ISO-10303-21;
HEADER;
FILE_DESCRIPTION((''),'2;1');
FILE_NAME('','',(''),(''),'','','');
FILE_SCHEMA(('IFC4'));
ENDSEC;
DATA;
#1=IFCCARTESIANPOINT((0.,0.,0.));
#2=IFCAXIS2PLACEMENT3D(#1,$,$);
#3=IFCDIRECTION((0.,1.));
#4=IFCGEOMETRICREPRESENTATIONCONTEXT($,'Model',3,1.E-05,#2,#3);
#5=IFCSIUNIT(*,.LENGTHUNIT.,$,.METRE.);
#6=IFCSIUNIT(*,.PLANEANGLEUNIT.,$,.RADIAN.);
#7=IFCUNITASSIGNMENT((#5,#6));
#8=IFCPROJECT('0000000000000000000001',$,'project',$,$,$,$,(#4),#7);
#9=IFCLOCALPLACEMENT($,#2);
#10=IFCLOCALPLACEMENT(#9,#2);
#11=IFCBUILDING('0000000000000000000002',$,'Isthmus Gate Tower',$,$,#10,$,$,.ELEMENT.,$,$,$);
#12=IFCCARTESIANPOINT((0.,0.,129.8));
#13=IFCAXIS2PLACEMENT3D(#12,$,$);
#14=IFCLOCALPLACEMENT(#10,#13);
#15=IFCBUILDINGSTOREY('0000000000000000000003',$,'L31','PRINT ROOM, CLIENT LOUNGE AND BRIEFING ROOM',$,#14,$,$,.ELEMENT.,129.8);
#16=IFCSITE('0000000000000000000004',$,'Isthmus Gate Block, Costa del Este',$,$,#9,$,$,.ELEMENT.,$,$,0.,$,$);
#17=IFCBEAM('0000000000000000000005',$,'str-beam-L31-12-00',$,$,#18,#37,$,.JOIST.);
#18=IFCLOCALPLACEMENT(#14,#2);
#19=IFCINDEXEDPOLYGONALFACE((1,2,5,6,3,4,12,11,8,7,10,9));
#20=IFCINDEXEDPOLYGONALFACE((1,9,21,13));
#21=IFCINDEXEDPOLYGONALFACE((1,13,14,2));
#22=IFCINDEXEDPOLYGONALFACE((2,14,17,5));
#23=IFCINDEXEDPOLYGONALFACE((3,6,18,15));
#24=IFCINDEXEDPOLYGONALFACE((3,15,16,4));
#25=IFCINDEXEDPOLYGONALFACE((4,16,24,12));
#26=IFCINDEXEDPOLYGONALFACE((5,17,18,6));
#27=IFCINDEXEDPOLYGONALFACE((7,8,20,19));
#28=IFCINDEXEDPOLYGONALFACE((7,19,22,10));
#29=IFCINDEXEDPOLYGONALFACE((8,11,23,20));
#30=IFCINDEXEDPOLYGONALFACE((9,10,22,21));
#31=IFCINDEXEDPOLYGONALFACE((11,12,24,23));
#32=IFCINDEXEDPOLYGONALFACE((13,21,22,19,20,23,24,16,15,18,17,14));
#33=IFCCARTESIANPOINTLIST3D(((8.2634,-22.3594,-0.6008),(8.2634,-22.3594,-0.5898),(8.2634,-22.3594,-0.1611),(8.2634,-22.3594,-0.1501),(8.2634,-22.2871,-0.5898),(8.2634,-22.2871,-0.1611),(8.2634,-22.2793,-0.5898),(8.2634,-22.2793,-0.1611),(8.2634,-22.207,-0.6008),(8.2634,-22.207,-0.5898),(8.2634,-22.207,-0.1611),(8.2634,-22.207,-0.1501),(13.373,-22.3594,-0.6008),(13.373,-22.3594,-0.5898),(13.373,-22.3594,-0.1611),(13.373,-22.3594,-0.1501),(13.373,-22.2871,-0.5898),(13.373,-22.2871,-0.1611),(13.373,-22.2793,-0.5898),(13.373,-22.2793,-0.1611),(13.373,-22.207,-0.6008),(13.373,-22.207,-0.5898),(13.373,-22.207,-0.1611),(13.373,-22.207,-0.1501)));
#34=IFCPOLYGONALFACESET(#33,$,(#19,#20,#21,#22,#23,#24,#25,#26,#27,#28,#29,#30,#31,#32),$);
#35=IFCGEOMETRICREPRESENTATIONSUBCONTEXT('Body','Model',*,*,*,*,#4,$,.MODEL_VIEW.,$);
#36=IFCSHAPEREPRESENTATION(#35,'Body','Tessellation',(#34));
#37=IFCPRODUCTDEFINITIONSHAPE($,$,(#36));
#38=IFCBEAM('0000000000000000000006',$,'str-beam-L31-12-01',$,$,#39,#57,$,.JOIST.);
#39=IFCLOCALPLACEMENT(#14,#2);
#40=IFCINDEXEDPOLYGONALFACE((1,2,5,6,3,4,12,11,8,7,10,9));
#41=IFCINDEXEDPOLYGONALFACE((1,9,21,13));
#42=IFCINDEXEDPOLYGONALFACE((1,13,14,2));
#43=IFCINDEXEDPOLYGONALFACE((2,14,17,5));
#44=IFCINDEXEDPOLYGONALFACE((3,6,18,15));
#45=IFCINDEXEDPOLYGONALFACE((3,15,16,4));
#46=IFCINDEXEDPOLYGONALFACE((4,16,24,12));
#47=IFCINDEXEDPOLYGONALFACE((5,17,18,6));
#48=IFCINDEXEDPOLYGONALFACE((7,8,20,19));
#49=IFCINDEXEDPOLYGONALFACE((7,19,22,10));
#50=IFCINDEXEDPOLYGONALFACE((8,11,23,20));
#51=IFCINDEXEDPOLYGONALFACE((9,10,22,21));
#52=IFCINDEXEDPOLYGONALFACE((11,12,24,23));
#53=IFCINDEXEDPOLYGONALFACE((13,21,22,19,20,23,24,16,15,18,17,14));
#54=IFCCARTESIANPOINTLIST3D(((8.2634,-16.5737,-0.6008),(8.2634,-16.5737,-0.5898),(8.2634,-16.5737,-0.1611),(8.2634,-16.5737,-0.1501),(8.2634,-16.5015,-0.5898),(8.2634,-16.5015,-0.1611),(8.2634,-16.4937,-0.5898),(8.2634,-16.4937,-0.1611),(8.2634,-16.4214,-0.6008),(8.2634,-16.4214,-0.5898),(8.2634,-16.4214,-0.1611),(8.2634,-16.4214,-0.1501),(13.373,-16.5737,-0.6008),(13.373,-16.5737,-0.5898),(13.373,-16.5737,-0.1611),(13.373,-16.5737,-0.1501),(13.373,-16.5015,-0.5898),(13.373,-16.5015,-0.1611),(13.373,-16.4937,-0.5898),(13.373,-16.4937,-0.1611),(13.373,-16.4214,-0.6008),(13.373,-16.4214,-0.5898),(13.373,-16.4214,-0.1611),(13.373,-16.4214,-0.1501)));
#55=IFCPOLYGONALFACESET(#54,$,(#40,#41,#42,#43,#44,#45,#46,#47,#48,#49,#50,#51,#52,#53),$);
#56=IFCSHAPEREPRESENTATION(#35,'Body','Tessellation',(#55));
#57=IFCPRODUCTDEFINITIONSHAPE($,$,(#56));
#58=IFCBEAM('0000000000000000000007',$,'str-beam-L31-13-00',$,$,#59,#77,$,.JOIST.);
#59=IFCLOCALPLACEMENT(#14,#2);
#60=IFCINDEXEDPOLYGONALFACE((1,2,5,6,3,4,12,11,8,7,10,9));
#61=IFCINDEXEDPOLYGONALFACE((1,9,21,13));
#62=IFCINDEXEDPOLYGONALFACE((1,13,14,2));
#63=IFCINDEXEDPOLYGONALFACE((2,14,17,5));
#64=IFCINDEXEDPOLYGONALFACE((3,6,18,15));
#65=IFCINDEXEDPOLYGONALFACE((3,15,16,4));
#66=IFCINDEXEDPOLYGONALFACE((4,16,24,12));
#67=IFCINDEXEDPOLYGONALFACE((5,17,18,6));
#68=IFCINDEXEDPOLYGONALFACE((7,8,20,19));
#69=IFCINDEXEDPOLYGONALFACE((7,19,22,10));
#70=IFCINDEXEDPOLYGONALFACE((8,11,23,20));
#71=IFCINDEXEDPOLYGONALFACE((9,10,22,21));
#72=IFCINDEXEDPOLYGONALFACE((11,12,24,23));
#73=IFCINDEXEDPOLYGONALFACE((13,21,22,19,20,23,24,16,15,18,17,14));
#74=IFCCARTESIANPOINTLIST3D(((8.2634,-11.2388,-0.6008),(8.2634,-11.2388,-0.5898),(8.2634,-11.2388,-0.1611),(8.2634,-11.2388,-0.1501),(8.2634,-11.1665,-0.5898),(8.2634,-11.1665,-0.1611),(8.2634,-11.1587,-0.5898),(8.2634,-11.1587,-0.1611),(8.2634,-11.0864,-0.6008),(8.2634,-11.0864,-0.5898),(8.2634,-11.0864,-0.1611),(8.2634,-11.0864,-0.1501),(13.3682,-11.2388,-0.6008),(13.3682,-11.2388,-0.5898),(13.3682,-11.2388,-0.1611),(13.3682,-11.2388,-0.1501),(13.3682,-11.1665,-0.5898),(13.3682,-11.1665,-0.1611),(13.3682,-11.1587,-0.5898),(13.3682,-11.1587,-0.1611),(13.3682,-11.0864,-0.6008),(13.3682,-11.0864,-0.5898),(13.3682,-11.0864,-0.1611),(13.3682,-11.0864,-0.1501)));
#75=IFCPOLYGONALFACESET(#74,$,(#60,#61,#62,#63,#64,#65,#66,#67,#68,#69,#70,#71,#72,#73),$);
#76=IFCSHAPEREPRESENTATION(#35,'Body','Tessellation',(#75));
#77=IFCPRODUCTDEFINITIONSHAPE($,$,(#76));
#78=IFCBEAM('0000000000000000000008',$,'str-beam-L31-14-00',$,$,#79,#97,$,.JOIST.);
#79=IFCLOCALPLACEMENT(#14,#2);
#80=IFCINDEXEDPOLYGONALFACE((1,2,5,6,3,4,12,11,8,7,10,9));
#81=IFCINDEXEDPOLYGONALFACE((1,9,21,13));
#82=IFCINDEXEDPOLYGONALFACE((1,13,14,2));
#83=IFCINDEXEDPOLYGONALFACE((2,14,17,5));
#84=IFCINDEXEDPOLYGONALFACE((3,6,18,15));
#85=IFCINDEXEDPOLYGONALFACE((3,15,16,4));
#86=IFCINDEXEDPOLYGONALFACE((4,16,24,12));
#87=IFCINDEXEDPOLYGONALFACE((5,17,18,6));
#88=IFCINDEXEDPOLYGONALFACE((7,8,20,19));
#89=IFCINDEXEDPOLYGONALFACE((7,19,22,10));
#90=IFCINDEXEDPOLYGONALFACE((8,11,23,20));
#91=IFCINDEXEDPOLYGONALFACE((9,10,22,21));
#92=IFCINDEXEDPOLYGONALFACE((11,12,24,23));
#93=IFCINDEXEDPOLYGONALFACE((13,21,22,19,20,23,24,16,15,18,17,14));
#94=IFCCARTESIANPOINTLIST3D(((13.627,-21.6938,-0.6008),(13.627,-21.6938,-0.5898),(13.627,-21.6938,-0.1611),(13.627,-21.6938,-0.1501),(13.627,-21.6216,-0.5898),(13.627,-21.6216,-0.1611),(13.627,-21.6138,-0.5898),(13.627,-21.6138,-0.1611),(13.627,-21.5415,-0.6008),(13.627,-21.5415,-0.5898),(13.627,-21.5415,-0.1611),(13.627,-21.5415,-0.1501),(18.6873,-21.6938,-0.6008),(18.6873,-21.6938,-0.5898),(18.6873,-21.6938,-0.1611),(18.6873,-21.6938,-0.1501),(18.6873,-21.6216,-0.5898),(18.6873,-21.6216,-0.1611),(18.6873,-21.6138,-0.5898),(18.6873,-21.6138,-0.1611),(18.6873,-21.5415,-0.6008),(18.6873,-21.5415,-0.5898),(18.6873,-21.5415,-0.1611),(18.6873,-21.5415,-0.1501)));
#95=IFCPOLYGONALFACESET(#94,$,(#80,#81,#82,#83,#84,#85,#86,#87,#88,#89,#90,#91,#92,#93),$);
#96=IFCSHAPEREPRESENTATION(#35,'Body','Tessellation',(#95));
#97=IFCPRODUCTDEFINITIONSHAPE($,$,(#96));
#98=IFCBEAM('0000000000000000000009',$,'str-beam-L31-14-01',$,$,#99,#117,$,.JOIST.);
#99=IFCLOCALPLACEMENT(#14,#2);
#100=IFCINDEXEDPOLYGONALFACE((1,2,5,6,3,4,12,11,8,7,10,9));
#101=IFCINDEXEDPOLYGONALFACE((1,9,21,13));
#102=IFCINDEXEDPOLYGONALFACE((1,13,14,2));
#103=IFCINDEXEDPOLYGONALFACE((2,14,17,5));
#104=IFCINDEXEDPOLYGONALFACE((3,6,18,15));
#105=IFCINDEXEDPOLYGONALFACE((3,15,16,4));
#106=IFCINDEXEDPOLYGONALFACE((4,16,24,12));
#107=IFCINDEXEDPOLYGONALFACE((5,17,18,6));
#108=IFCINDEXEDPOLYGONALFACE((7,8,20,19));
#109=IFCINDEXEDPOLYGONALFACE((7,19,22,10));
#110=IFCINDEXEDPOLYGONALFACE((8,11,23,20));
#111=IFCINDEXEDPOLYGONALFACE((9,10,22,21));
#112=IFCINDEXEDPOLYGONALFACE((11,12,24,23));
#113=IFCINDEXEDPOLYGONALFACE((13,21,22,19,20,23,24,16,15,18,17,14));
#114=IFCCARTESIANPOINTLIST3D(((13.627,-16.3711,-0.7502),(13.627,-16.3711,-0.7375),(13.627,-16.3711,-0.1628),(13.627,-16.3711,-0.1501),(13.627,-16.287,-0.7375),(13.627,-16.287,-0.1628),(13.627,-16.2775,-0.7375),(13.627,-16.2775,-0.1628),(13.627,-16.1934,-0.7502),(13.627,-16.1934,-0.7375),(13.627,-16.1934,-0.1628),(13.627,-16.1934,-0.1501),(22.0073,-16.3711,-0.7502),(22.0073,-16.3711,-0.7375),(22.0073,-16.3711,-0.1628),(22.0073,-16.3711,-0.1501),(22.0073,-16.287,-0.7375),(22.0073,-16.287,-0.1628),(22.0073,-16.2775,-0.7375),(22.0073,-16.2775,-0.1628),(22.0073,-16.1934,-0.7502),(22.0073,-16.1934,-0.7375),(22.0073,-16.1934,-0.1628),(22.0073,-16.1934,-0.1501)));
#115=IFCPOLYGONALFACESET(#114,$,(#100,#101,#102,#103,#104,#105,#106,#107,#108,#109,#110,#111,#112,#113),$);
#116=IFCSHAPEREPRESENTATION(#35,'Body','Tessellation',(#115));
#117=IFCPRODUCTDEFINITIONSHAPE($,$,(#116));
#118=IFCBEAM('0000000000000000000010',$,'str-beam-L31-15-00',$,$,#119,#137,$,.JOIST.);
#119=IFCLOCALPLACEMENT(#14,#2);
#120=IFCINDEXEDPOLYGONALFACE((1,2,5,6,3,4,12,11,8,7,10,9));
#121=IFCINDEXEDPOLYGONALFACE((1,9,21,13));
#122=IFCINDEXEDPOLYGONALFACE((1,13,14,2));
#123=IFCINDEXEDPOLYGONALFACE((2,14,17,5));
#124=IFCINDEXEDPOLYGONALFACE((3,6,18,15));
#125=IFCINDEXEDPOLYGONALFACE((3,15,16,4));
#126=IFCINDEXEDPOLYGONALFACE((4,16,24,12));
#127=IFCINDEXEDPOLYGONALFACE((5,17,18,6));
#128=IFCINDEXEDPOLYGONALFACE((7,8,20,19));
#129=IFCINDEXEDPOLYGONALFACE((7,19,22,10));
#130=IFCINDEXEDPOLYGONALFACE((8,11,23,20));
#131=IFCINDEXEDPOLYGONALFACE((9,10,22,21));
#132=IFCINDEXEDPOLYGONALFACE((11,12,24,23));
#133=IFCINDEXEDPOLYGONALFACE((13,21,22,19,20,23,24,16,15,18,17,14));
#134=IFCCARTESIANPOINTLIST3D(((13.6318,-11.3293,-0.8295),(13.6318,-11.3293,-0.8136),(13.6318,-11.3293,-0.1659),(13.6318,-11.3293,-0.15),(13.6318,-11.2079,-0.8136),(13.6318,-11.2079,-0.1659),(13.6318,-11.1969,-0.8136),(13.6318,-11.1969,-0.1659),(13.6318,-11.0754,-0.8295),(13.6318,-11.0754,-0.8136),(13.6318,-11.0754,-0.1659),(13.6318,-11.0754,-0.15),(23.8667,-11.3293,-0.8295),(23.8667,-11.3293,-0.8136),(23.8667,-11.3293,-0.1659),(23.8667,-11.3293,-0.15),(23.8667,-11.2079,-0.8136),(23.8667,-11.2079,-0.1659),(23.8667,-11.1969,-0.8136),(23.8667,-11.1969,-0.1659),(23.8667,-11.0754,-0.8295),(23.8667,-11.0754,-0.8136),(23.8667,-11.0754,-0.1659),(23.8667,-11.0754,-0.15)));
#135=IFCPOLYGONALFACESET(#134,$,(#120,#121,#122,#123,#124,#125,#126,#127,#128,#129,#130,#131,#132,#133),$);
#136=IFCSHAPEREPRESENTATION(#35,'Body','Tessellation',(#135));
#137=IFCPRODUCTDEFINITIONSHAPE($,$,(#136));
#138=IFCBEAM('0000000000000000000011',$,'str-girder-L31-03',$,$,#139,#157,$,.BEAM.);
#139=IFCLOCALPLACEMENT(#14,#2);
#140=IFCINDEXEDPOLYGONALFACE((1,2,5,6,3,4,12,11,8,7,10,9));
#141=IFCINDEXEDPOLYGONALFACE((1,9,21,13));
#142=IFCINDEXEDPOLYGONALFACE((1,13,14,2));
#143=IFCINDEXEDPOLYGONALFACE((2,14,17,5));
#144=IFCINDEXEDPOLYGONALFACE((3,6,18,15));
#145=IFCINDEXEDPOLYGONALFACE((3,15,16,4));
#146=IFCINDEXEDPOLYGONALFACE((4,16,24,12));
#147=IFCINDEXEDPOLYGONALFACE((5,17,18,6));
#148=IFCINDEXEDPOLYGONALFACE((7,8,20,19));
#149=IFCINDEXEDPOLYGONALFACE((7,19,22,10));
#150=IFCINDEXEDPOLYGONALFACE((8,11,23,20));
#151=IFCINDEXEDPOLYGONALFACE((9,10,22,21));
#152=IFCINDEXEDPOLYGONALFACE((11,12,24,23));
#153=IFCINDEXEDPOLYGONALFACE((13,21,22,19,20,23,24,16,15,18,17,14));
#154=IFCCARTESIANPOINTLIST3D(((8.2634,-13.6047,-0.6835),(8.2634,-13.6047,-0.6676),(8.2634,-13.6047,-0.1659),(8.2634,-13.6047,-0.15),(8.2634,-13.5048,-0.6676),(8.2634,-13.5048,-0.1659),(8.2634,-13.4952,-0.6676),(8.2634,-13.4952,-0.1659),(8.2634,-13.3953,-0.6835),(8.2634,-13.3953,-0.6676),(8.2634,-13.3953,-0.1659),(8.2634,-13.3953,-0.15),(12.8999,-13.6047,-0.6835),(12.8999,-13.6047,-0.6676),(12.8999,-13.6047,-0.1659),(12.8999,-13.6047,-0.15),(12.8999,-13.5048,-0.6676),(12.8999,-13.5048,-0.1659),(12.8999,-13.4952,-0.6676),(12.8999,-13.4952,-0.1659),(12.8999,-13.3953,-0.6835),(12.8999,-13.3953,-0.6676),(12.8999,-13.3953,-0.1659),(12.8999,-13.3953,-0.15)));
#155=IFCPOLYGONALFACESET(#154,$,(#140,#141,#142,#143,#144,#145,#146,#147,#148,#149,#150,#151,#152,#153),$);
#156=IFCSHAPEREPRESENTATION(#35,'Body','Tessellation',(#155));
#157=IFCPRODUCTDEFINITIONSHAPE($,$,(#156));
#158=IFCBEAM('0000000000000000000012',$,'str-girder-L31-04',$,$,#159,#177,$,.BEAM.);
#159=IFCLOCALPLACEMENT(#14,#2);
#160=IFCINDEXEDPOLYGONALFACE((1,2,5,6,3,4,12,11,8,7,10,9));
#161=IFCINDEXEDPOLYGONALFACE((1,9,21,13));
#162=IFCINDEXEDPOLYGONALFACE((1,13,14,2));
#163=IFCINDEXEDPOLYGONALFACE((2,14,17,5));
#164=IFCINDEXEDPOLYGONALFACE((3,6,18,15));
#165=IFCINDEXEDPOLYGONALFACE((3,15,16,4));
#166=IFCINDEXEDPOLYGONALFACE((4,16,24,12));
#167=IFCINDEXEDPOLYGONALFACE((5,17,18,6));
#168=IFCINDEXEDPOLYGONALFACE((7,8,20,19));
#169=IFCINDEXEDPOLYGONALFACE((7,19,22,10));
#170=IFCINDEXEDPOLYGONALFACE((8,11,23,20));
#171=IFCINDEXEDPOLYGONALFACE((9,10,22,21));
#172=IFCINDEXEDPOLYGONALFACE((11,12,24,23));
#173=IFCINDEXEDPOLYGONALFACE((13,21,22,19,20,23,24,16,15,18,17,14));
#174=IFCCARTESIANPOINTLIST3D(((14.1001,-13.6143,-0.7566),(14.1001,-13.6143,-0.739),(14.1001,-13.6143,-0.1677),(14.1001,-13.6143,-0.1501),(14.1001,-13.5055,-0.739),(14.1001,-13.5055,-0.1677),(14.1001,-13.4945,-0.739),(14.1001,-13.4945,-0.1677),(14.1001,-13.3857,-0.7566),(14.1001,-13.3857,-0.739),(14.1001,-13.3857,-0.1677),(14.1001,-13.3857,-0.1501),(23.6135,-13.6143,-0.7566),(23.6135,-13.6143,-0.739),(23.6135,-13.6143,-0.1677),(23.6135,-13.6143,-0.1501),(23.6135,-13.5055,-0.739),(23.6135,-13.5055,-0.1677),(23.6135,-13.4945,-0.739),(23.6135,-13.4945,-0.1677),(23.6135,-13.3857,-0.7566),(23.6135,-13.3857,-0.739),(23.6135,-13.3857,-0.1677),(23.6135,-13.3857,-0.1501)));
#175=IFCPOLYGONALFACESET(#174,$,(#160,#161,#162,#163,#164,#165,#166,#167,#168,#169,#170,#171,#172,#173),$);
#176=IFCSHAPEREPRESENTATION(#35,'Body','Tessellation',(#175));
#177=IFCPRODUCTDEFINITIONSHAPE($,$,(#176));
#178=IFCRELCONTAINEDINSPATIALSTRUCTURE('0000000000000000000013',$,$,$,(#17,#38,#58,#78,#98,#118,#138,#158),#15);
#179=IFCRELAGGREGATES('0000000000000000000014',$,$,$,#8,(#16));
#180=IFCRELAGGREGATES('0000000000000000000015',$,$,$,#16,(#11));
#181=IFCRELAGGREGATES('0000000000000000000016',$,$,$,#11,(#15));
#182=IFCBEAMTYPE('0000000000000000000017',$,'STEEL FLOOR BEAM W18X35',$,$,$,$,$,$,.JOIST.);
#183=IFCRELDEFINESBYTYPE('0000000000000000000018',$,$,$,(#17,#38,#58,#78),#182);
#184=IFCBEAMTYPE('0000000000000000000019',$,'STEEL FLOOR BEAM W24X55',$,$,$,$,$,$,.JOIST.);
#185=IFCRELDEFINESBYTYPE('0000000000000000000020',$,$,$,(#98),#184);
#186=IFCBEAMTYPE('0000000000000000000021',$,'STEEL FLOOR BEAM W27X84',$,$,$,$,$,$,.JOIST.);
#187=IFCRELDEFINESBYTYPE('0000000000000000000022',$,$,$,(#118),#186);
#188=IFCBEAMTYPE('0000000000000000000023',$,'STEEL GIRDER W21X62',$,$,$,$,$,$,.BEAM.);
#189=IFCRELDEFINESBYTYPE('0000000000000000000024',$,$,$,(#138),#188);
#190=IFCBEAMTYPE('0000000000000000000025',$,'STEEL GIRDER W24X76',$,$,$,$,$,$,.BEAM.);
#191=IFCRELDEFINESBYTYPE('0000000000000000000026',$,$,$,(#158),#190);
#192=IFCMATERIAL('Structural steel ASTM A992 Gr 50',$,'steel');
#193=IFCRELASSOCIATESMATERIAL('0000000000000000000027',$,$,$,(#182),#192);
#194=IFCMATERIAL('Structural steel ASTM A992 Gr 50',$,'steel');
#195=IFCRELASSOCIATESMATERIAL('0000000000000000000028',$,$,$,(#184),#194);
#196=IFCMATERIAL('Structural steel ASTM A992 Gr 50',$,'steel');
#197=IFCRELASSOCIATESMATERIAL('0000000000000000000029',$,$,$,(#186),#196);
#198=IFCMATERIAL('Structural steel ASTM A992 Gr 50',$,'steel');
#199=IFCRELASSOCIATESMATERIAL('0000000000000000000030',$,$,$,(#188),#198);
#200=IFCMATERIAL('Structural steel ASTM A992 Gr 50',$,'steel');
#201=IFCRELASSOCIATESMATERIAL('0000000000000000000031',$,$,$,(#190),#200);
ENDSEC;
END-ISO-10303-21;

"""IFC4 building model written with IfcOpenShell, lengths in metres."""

from ifc_helpers import new_model, si_unit, direction, frame, origin, origin_2d, place, context, subcontext, project, spatial, i_section, extrude, material, material_profile, profile_set, type_object, element, save


model = new_model("IFC4")

# Units and contexts
model_context = context("Model", 3, precision=1e-05, world=origin(), true_north=direction((0.0, 1.0)))
body_context = subcontext(model_context, "Body", "Model", "MODEL_VIEW")
ifc_project = project(units=[si_unit("LENGTHUNIT", "METRE"), si_unit("PLANEANGLEUNIT", "RADIAN")], contexts=[model_context])

# Site, building, storey
site_placement = place(None, origin())
site = spatial("IfcSite", under=ifc_project, at=site_placement, Name="Isthmus Gate Block, Costa del Este", CompositionType="ELEMENT", RefElevation=0.0)
building_placement = place(site_placement, origin())
building = spatial("IfcBuilding", under=site, at=building_placement, Name="Isthmus Gate Tower", CompositionType="ELEMENT")
storey_placement = place(building_placement, frame((0.0, 0.0, 129.8)))
storey = spatial("IfcBuildingStorey", under=building, at=storey_placement, Name="L31", Description="PRINT ROOM, CLIENT LOUNGE AND BRIEFING ROOM", CompositionType="ELEMENT", Elevation=129.8)

# Beams
ifc_material_1 = material(Name="Structural steel ASTM A992 Gr 50", Category="steel")
ifc_material_profile_1 = material_profile(ifc_material_1, i_section(OverallWidth=0.1523, OverallDepth=0.4507, WebThickness=0.0078, FlangeThickness=0.011, at=origin_2d()), Name="W18X35")
ifc_profile_set_1 = profile_set([ifc_material_profile_1], Name="Structural steel ASTM A992 Gr 50")
beam_type_1 = type_object("IfcBeamType", Name="STEEL FLOOR BEAM W18X35", PredefinedType="JOIST", material=ifc_profile_set_1)
for number, where, z_axis, x_axis, name in (
    (1, (8.2634, -22.2832, -0.3755), (1.0, 0.0, 0.0), (0.0, 1.0, 0.0), "str-beam-L31-12-00"),
    (2, (8.2634, -16.4976, -0.3755), (1.0, 0.0, 0.0), (0.0, 1.0, 0.0), "str-beam-L31-12-01"),
):
    element("IfcBeam", number, at=place(storey_placement, frame(where, z_axis=z_axis, x_axis=x_axis)), inside=storey, type_object=beam_type_1, Name=name, PredefinedType="JOIST", context=body_context, shape_type="SweptSolid", body=[
        extrude(i_section(OverallWidth=0.1523, OverallDepth=0.4507, WebThickness=0.0078, FlangeThickness=0.011, at=origin_2d()), origin(), (0.0, 0.0, 1.0), 5.1096),
    ])
beam_1_placement = place(storey_placement, frame((8.2634, -11.1626, -0.3755), z_axis=(1.0, 0.0, 0.0), x_axis=(0.0, 1.0, 0.0)))
element("IfcBeam", 3, at=beam_1_placement, inside=storey, type_object=beam_type_1, Name="str-beam-L31-13-00", PredefinedType="JOIST", context=body_context, shape_type="SweptSolid", body=[
    extrude(i_section(OverallWidth=0.1523, OverallDepth=0.4507, WebThickness=0.0078, FlangeThickness=0.011, at=origin_2d()), origin(), (0.0, 0.0, 1.0), 5.1047),
])
beam_2_placement = place(storey_placement, frame((13.627, -21.6177, -0.3755), z_axis=(1.0, 0.0, 0.0), x_axis=(0.0, 1.0, 0.0)))
element("IfcBeam", 4, at=beam_2_placement, inside=storey, type_object=beam_type_1, Name="str-beam-L31-14-00", PredefinedType="JOIST", context=body_context, shape_type="SweptSolid", body=[
    extrude(i_section(OverallWidth=0.1523, OverallDepth=0.4507, WebThickness=0.0078, FlangeThickness=0.011, at=origin_2d()), origin(), (0.0, 0.0, 1.0), 5.0603),
])
ifc_material_2 = material(Name="Structural steel ASTM A992 Gr 50", Category="steel")
ifc_material_profile_2 = material_profile(ifc_material_2, i_section(OverallWidth=0.1777, OverallDepth=0.6001, WebThickness=0.0095, FlangeThickness=0.0127, at=origin_2d()), Name="W24X55")
ifc_profile_set_2 = profile_set([ifc_material_profile_2], Name="Structural steel ASTM A992 Gr 50")
beam_type_2 = type_object("IfcBeamType", Name="STEEL FLOOR BEAM W24X55", PredefinedType="JOIST", material=ifc_profile_set_2)
beam_3_placement = place(storey_placement, frame((13.627, -16.2822, -0.4502), z_axis=(1.0, 0.0, 0.0), x_axis=(0.0, 1.0, 0.0)))
element("IfcBeam", 5, at=beam_3_placement, inside=storey, type_object=beam_type_2, Name="str-beam-L31-14-01", PredefinedType="JOIST", context=body_context, shape_type="SweptSolid", body=[
    extrude(i_section(OverallWidth=0.1777, OverallDepth=0.6001, WebThickness=0.0095, FlangeThickness=0.0127, at=origin_2d()), origin(), (0.0, 0.0, 1.0), 8.3804),
])
ifc_material_3 = material(Name="Structural steel ASTM A992 Gr 50", Category="steel")
ifc_material_profile_3 = material_profile(ifc_material_3, i_section(OverallWidth=0.2539, OverallDepth=0.6794, WebThickness=0.011, FlangeThickness=0.0159, at=origin_2d()), Name="W27X84")
ifc_profile_set_3 = profile_set([ifc_material_profile_3], Name="Structural steel ASTM A992 Gr 50")
beam_type_3 = type_object("IfcBeamType", Name="STEEL FLOOR BEAM W27X84", PredefinedType="JOIST", material=ifc_profile_set_3)
beam_4_placement = place(storey_placement, frame((13.6318, -11.2024, -0.4897), z_axis=(1.0, 0.0, 0.0), x_axis=(0.0, 1.0, 0.0)))
element("IfcBeam", 6, at=beam_4_placement, inside=storey, type_object=beam_type_3, Name="str-beam-L31-15-00", PredefinedType="JOIST", context=body_context, shape_type="SweptSolid", body=[
    extrude(i_section(OverallWidth=0.2539, OverallDepth=0.6794, WebThickness=0.011, FlangeThickness=0.0159, at=origin_2d()), origin(), (0.0, 0.0, 1.0), 10.2349),
])
ifc_material_4 = material(Name="Structural steel ASTM A992 Gr 50", Category="steel")
ifc_material_profile_4 = material_profile(ifc_material_4, i_section(OverallWidth=0.2095, OverallDepth=0.5334, WebThickness=0.0095, FlangeThickness=0.0159, at=origin_2d()), Name="W21X62")
ifc_profile_set_4 = profile_set([ifc_material_profile_4], Name="Structural steel ASTM A992 Gr 50")
beam_type_4 = type_object("IfcBeamType", Name="STEEL GIRDER W21X62", PredefinedType="BEAM", material=ifc_profile_set_4)
beam_5_placement = place(storey_placement, frame((8.2634, -13.5, -0.4167), z_axis=(1.0, 0.0, 0.0), x_axis=(0.0, 1.0, 0.0)))
element("IfcBeam", 7, at=beam_5_placement, inside=storey, type_object=beam_type_4, Name="str-girder-L31-03", PredefinedType="BEAM", context=body_context, shape_type="SweptSolid", body=[
    extrude(i_section(OverallWidth=0.2095, OverallDepth=0.5334, WebThickness=0.0095, FlangeThickness=0.0159, at=origin_2d()), origin(), (0.0, 0.0, 1.0), 4.6365),
])
ifc_material_5 = material(Name="Structural steel ASTM A992 Gr 50", Category="steel")
ifc_material_profile_5 = material_profile(ifc_material_5, i_section(OverallWidth=0.2285, OverallDepth=0.6064, WebThickness=0.011, FlangeThickness=0.0176, at=origin_2d()), Name="W24X76")
ifc_profile_set_5 = profile_set([ifc_material_profile_5], Name="Structural steel ASTM A992 Gr 50")
beam_type_5 = type_object("IfcBeamType", Name="STEEL GIRDER W24X76", PredefinedType="BEAM", material=ifc_profile_set_5)
beam_6_placement = place(storey_placement, frame((14.1001, -13.5, -0.4534), z_axis=(1.0, 0.0, 0.0), x_axis=(0.0, 1.0, 0.0)))
element("IfcBeam", 8, at=beam_6_placement, inside=storey, type_object=beam_type_5, Name="str-girder-L31-04", PredefinedType="BEAM", context=body_context, shape_type="SweptSolid", body=[
    extrude(i_section(OverallWidth=0.2285, OverallDepth=0.6064, WebThickness=0.011, FlangeThickness=0.0176, at=origin_2d()), origin(), (0.0, 0.0, 1.0), 9.5134),
])

save(model, "model.ifc")
